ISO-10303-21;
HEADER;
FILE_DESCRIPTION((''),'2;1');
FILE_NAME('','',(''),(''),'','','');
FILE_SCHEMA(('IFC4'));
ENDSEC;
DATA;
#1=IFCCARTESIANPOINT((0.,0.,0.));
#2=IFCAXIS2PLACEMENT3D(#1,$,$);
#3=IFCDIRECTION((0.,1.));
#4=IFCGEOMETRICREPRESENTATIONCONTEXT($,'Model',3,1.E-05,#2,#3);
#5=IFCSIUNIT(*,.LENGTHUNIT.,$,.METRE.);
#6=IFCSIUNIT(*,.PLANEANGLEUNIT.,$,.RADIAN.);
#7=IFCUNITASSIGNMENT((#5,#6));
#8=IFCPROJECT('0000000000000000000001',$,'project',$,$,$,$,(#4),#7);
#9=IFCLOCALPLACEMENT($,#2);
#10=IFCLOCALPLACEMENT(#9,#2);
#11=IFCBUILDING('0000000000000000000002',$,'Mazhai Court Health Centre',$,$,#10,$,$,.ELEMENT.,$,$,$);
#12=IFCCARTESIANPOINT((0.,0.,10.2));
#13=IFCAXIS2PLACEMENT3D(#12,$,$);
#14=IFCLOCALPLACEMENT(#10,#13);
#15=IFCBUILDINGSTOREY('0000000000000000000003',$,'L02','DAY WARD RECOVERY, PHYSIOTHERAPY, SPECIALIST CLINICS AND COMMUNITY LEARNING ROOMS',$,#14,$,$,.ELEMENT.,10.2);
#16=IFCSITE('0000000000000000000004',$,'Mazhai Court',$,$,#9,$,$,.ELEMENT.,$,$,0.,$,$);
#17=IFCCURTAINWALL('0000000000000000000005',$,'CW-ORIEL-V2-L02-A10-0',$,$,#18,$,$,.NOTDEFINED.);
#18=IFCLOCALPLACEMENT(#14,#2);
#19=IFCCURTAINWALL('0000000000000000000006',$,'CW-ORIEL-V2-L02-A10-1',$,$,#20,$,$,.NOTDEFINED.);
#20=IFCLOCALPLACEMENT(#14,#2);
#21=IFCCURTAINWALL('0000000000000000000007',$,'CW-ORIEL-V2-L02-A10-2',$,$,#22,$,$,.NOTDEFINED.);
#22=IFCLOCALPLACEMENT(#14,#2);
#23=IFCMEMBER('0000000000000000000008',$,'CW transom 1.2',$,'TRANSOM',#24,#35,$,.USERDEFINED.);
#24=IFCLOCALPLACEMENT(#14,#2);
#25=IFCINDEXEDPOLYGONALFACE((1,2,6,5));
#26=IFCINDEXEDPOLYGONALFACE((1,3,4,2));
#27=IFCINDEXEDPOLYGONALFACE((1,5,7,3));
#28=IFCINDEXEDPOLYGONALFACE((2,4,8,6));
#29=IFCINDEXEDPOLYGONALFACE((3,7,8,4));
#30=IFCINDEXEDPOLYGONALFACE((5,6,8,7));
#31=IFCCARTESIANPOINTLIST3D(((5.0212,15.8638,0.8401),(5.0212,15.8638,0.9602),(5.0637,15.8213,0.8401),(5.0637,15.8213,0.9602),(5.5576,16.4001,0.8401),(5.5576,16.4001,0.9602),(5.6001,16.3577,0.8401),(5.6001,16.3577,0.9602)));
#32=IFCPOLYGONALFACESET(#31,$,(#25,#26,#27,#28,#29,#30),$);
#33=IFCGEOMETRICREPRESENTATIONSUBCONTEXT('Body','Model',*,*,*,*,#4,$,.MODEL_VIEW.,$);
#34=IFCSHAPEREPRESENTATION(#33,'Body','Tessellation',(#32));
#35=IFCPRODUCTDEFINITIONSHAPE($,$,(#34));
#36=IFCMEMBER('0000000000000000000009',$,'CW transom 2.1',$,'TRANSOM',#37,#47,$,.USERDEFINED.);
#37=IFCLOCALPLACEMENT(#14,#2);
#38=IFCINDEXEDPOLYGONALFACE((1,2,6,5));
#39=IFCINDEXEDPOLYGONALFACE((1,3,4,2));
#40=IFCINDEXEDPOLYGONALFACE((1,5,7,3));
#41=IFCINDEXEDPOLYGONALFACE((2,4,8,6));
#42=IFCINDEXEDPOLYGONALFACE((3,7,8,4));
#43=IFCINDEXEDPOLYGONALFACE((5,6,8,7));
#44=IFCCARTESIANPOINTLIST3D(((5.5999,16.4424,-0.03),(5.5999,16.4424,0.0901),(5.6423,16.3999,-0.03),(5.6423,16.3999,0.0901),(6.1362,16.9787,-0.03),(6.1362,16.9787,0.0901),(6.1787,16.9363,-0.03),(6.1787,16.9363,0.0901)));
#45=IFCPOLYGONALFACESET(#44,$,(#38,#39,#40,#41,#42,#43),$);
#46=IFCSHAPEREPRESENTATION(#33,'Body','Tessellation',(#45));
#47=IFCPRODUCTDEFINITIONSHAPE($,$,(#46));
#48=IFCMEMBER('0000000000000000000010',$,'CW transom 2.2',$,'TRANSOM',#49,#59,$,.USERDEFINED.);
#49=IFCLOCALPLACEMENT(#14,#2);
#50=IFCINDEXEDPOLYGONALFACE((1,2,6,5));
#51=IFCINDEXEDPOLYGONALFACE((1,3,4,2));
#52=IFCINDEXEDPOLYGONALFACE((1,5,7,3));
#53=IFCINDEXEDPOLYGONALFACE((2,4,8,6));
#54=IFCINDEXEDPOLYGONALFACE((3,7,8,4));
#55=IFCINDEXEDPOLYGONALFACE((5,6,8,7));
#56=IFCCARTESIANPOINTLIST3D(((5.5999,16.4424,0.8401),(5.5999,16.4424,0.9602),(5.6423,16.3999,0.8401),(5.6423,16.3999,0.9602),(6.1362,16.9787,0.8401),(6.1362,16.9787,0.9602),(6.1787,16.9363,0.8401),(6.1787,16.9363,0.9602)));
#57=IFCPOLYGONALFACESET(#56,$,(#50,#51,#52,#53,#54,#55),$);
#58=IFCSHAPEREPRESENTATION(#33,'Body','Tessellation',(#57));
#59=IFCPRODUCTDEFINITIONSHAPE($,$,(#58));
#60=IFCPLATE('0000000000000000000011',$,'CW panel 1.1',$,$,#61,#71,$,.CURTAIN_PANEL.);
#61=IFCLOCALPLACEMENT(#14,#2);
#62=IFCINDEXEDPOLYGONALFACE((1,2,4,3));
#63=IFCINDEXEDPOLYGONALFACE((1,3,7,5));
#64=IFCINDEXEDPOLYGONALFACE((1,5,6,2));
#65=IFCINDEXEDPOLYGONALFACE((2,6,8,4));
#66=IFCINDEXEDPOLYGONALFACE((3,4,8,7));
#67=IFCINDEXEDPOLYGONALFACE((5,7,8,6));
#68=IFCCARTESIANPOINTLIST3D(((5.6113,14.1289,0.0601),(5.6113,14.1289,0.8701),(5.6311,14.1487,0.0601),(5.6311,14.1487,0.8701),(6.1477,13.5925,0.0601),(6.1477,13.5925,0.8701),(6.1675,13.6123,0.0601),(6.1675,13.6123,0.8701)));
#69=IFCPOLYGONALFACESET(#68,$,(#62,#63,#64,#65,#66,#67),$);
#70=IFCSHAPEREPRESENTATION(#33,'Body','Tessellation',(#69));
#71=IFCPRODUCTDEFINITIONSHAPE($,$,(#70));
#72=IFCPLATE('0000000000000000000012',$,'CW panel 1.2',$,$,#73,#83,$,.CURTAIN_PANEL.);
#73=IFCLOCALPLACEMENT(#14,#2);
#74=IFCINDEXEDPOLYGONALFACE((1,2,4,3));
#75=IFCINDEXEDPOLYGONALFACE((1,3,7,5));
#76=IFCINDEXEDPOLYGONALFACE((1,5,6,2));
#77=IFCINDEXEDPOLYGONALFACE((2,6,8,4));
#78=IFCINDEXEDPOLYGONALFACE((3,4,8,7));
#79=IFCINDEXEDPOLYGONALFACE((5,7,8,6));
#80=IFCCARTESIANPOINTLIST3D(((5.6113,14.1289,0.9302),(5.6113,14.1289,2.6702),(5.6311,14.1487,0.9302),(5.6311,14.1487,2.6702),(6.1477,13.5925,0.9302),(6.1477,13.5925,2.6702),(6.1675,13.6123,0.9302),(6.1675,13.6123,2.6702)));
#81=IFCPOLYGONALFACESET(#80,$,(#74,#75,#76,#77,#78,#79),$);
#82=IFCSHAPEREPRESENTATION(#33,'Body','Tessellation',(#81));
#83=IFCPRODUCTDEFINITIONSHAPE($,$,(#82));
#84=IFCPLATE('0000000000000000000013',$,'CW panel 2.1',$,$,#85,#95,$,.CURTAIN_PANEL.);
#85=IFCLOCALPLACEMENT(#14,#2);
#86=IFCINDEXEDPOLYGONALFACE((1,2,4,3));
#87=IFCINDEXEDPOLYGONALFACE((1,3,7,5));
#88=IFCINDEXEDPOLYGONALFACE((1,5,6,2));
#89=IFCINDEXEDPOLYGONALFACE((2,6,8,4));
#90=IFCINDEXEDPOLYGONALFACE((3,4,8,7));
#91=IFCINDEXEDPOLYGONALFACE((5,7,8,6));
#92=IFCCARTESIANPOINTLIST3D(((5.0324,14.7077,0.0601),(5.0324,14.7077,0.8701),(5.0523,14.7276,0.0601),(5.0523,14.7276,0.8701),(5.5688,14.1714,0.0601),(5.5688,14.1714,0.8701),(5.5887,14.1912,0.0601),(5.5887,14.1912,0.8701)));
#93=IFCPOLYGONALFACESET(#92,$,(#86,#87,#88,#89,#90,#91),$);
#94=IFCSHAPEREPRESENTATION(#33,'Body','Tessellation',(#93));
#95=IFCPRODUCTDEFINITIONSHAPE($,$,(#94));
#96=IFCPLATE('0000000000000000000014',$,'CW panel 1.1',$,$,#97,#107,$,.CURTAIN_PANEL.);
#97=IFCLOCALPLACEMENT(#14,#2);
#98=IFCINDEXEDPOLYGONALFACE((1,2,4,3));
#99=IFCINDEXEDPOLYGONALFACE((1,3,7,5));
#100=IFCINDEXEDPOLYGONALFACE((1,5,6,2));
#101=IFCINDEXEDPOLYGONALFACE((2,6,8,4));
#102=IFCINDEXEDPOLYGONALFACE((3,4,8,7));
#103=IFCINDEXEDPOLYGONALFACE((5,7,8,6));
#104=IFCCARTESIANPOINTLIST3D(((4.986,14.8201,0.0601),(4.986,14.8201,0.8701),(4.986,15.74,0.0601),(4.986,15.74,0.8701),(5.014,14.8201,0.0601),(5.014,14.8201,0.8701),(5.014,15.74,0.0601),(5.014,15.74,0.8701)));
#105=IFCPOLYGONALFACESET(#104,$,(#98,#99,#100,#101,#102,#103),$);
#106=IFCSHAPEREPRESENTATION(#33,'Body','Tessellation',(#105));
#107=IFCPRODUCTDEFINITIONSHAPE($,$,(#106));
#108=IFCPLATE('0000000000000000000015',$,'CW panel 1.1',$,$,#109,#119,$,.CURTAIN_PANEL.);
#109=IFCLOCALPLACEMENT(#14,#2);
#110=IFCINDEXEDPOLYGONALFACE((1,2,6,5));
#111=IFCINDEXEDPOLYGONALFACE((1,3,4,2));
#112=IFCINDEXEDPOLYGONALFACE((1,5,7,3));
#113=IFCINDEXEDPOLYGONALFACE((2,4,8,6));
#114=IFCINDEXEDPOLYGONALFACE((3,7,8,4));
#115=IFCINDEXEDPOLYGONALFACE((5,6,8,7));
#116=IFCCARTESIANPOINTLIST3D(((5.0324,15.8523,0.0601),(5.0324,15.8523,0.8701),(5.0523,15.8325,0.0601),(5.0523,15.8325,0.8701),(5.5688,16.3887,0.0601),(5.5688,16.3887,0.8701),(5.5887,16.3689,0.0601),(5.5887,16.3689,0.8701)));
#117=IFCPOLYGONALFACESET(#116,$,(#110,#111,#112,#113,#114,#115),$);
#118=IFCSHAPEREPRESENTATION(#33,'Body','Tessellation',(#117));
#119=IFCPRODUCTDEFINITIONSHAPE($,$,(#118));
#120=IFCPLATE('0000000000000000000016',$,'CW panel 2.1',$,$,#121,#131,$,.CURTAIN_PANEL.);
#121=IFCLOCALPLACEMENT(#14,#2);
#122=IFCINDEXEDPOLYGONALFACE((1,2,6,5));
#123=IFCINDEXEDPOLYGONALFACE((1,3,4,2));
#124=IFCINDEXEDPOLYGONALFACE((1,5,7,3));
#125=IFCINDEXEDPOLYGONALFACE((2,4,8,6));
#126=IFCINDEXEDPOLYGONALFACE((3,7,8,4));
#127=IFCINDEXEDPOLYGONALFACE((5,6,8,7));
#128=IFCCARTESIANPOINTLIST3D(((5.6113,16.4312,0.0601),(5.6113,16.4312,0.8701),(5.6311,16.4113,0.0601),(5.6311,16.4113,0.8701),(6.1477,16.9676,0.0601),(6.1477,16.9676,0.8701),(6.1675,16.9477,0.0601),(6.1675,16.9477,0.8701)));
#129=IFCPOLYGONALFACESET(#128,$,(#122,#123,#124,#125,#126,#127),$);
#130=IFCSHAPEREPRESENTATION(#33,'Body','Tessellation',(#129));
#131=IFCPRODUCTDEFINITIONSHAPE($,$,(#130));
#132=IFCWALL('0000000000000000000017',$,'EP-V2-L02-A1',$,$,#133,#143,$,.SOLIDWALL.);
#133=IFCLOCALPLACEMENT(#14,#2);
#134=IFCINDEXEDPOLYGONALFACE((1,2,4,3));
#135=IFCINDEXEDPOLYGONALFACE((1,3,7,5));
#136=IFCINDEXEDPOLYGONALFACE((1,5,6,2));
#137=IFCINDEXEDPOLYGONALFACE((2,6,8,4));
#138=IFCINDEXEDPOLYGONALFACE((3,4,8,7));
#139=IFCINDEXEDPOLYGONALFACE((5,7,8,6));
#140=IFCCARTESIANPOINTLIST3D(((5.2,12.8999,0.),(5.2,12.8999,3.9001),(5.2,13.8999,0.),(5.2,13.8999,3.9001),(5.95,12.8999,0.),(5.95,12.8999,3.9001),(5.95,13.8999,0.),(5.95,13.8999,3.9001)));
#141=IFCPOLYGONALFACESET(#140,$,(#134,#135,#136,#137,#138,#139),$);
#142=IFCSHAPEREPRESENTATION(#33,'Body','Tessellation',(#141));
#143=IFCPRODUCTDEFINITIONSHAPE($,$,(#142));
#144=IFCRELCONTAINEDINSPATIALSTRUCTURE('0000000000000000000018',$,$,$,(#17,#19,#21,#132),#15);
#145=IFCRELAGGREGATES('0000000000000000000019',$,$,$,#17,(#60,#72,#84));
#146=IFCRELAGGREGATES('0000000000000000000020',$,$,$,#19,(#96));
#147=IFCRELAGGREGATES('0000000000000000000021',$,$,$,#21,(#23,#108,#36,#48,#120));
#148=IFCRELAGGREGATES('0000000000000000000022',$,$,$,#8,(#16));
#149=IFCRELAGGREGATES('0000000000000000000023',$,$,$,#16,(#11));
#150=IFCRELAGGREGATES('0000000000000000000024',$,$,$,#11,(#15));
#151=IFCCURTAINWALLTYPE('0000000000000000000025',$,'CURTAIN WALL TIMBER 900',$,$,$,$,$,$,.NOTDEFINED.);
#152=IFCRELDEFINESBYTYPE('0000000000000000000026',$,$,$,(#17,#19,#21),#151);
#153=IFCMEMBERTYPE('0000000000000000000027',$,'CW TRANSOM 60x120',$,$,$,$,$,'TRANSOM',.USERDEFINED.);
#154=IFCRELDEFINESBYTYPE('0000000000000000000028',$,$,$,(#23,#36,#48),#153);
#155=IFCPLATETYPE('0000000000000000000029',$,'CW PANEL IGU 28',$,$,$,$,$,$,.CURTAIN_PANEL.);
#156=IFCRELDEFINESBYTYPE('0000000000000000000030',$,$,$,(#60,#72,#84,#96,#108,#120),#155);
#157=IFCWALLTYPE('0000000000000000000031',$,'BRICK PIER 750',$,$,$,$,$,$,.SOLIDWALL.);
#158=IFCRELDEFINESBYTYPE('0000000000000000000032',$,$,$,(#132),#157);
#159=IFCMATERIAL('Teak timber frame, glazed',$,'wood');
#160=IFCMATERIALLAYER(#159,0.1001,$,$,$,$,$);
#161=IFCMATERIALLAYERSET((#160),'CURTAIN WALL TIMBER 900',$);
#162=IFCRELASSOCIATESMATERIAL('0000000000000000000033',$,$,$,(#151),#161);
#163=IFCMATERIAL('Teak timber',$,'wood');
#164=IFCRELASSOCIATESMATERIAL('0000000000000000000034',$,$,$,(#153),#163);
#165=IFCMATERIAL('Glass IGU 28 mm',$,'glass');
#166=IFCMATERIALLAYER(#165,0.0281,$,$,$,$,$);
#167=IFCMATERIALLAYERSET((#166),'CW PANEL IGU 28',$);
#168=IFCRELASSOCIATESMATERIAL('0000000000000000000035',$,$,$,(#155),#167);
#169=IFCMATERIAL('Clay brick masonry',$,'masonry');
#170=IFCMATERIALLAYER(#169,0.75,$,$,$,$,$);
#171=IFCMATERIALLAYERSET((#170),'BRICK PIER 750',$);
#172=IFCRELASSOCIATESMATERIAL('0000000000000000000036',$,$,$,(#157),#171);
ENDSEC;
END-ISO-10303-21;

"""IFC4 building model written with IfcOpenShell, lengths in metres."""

from ifc_helpers import new_model, si_unit, direction, frame, frame_2d, origin, origin_2d, place, context, subcontext, project, spatial, rectangle, extrude, material, layer, layer_set, material_profile, profile_set, type_object, element, aggregate, save


model = new_model("IFC4")

# Units and contexts
model_context = context("Model", 3, precision=1e-05, world=origin(), true_north=direction((0.0, 1.0)))
body_context = subcontext(model_context, "Body", "Model", "MODEL_VIEW")
ifc_project = project(units=[si_unit("LENGTHUNIT", "METRE"), si_unit("PLANEANGLEUNIT", "RADIAN")], contexts=[model_context])

# Site, building, storey
site_placement = place(None, origin())
site = spatial("IfcSite", under=ifc_project, at=site_placement, Name="Mazhai Court", CompositionType="ELEMENT", RefElevation=0.0)
building_placement = place(site_placement, origin())
building = spatial("IfcBuilding", under=site, at=building_placement, Name="Mazhai Court Health Centre", CompositionType="ELEMENT")
storey_placement = place(building_placement, frame((0.0, 0.0, 10.2)))
storey = spatial("IfcBuildingStorey", under=building, at=storey_placement, Name="L02", Description="DAY WARD RECOVERY, PHYSIOTHERAPY, SPECIALIST CLINICS AND COMMUNITY LEARNING ROOMS", CompositionType="ELEMENT", Elevation=10.2)

# Curtain walls
ifc_material_1 = material(Name="Teak timber frame, glazed", Category="wood")
ifc_layer_1 = layer(ifc_material_1, 0.1001)
ifc_layer_set_1 = layer_set([ifc_layer_1], Name="CURTAIN WALL TIMBER 900")
curtain_wall_type = type_object("IfcCurtainWallType", Name="CURTAIN WALL TIMBER 900", PredefinedType="NOTDEFINED", material=ifc_layer_set_1)
curtain_wall_1_placement = place(storey_placement, origin())
curtain_wall_1 = element("IfcCurtainWall", 1, at=curtain_wall_1_placement, inside=storey, type_object=curtain_wall_type, Name="CW-ORIEL-V2-L02-A10-0", PredefinedType="NOTDEFINED")
curtain_wall_2_placement = place(storey_placement, origin())
curtain_wall_2 = element("IfcCurtainWall", 2, at=curtain_wall_2_placement, inside=storey, type_object=curtain_wall_type, Name="CW-ORIEL-V2-L02-A10-1", PredefinedType="NOTDEFINED")
curtain_wall_3_placement = place(storey_placement, origin())
curtain_wall_3 = element("IfcCurtainWall", 3, at=curtain_wall_3_placement, inside=storey, type_object=curtain_wall_type, Name="CW-ORIEL-V2-L02-A10-2", PredefinedType="NOTDEFINED")

# Members
ifc_material_2 = material(Name="Teak timber", Category="wood")
ifc_material_profile_1 = material_profile(ifc_material_2, rectangle(XDim=0.0601, YDim=0.1201, at=origin_2d()), Name="CW TRANSOM 60x120")
ifc_profile_set_1 = profile_set([ifc_material_profile_1], Name="Teak timber")
member_type_1 = type_object("IfcMemberType", Name="CW TRANSOM 60x120", ElementType="TRANSOM", PredefinedType="USERDEFINED", material=ifc_profile_set_1)
member_1_placement = place(storey_placement, frame((5.0425, 15.8425, 0.9001), z_axis=(0.707107, 0.707107, 0.0), x_axis=(-0.707107, 0.707107, 0.0)))
member_1 = element("IfcMember", 4, at=member_1_placement, type_object=member_type_1, Name="CW transom 1.2", ObjectType="TRANSOM", PredefinedType="USERDEFINED", context=body_context, shape_type="SweptSolid", body=[
    extrude(rectangle(XDim=0.0601, YDim=0.1201, at=origin_2d()), origin(), (0.0, 0.0, 1.0), 0.7585),
])
member_2_placement = place(storey_placement, frame((5.6211, 16.4211, 0.03), z_axis=(0.707107, 0.707107, 0.0), x_axis=(-0.707107, 0.707107, 0.0)))
member_2 = element("IfcMember", 5, at=member_2_placement, type_object=member_type_1, Name="CW transom 2.1", ObjectType="TRANSOM", PredefinedType="USERDEFINED", context=body_context, shape_type="SweptSolid", body=[
    extrude(rectangle(XDim=0.0601, YDim=0.1201, at=origin_2d()), origin(), (0.0, 0.0, 1.0), 0.7585),
])
member_3_placement = place(storey_placement, frame((5.6211, 16.4211, 0.9001), z_axis=(0.707107, 0.707107, 0.0), x_axis=(-0.707107, 0.707107, 0.0)))
member_3 = element("IfcMember", 6, at=member_3_placement, type_object=member_type_1, Name="CW transom 2.2", ObjectType="TRANSOM", PredefinedType="USERDEFINED", context=body_context, shape_type="SweptSolid", body=[
    extrude(rectangle(XDim=0.0601, YDim=0.1201, at=origin_2d()), origin(), (0.0, 0.0, 1.0), 0.7585),
])

# Plates
ifc_material_3 = material(Name="Glass IGU 28 mm", Category="glass")
ifc_layer_2 = layer(ifc_material_3, 0.0281)
ifc_layer_set_2 = layer_set([ifc_layer_2], Name="CW PANEL IGU 28")
plate_type = type_object("IfcPlateType", Name="CW PANEL IGU 28", PredefinedType="CURTAIN_PANEL", material=ifc_layer_set_2)
plate_1_placement = place(storey_placement, frame((5.8894, 13.8706, 0.0601), z_axis=(0.0, 0.0, 1.0), x_axis=(-0.707107, 0.707107, 0.0)))
plate_1 = element("IfcPlate", 7, at=plate_1_placement, type_object=plate_type, Name="CW panel 1.1", PredefinedType="CURTAIN_PANEL", context=body_context, shape_type="SweptSolid", body=[
    extrude(rectangle(XDim=0.7585, YDim=0.0281, at=origin_2d()), origin(), (0.0, 0.0, 1.0), 0.8101),
])
plate_2_placement = place(storey_placement, frame((5.8894, 13.8706, 0.9302), z_axis=(0.0, 0.0, 1.0), x_axis=(-0.707107, 0.707107, 0.0)))
plate_2 = element("IfcPlate", 8, at=plate_2_placement, type_object=plate_type, Name="CW panel 1.2", PredefinedType="CURTAIN_PANEL", context=body_context, shape_type="SweptSolid", body=[
    extrude(rectangle(XDim=0.7585, YDim=0.0281, at=origin_2d()), origin(), (0.0, 0.0, 1.0), 1.74),
])
plate_3_placement = place(storey_placement, frame((5.3105, 14.4495, 0.0601), z_axis=(0.0, 0.0, 1.0), x_axis=(-0.707107, 0.707107, 0.0)))
plate_3 = element("IfcPlate", 9, at=plate_3_placement, type_object=plate_type, Name="CW panel 2.1", PredefinedType="CURTAIN_PANEL", context=body_context, shape_type="SweptSolid", body=[
    extrude(rectangle(XDim=0.7585, YDim=0.0281, at=origin_2d()), origin(), (0.0, 0.0, 1.0), 0.8101),
])
aggregate(curtain_wall_1, [plate_1, plate_2, plate_3])
plate_4_placement = place(storey_placement, frame((5.0, 15.28, 0.0601), z_axis=(0.0, 0.0, 1.0), x_axis=(0.0, 1.0, 0.0)))
plate_4 = element("IfcPlate", 10, at=plate_4_placement, type_object=plate_type, Name="CW panel 1.1", PredefinedType="CURTAIN_PANEL", context=body_context, shape_type="SweptSolid", body=[
    extrude(rectangle(XDim=0.9199, YDim=0.0281, at=origin_2d()), origin(), (0.0, 0.0, 1.0), 0.8101),
])
aggregate(curtain_wall_2, [plate_4])
plate_5_placement = place(storey_placement, frame((5.3105, 16.1106, 0.0601), z_axis=(0.0, 0.0, 1.0), x_axis=(0.707107, 0.707107, 0.0)))
plate_5 = element("IfcPlate", 11, at=plate_5_placement, type_object=plate_type, Name="CW panel 1.1", PredefinedType="CURTAIN_PANEL", context=body_context, shape_type="SweptSolid", body=[
    extrude(rectangle(XDim=0.7585, YDim=0.0281, at=origin_2d()), origin(), (0.0, 0.0, 1.0), 0.8101),
])
plate_6_placement = place(storey_placement, frame((5.8894, 16.6895, 0.0601), z_axis=(0.0, 0.0, 1.0), x_axis=(0.707107, 0.707107, 0.0)))
plate_6 = element("IfcPlate", 12, at=plate_6_placement, type_object=plate_type, Name="CW panel 2.1", PredefinedType="CURTAIN_PANEL", context=body_context, shape_type="SweptSolid", body=[
    extrude(rectangle(XDim=0.7585, YDim=0.0281, at=origin_2d()), origin(), (0.0, 0.0, 1.0), 0.8101),
])
aggregate(curtain_wall_3, [member_1, plate_5, member_2, member_3, plate_6])

# Wall
ifc_material_4 = material(Name="Clay brick masonry", Category="masonry")
ifc_layer_3 = layer(ifc_material_4, 0.75)
ifc_layer_set_3 = layer_set([ifc_layer_3], Name="BRICK PIER 750")
wall_type = type_object("IfcWallType", Name="BRICK PIER 750", PredefinedType="SOLIDWALL", material=ifc_layer_set_3)
wall_placement = place(storey_placement, frame((5.575, 12.8999, 0.0), z_axis=(0.0, 0.0, 1.0), x_axis=(0.0, 1.0, 0.0)))
element("IfcWall", 13, at=wall_placement, inside=storey, type_object=wall_type, Name="EP-V2-L02-A1", PredefinedType="SOLIDWALL", context=body_context, shape_type="SweptSolid", body=[
    extrude(rectangle(XDim=1.0, YDim=0.75, at=frame_2d((0.5, 0.0))), origin(), (0.0, 0.0, 1.0), 3.9001),
])

save(model, "model.ifc")
